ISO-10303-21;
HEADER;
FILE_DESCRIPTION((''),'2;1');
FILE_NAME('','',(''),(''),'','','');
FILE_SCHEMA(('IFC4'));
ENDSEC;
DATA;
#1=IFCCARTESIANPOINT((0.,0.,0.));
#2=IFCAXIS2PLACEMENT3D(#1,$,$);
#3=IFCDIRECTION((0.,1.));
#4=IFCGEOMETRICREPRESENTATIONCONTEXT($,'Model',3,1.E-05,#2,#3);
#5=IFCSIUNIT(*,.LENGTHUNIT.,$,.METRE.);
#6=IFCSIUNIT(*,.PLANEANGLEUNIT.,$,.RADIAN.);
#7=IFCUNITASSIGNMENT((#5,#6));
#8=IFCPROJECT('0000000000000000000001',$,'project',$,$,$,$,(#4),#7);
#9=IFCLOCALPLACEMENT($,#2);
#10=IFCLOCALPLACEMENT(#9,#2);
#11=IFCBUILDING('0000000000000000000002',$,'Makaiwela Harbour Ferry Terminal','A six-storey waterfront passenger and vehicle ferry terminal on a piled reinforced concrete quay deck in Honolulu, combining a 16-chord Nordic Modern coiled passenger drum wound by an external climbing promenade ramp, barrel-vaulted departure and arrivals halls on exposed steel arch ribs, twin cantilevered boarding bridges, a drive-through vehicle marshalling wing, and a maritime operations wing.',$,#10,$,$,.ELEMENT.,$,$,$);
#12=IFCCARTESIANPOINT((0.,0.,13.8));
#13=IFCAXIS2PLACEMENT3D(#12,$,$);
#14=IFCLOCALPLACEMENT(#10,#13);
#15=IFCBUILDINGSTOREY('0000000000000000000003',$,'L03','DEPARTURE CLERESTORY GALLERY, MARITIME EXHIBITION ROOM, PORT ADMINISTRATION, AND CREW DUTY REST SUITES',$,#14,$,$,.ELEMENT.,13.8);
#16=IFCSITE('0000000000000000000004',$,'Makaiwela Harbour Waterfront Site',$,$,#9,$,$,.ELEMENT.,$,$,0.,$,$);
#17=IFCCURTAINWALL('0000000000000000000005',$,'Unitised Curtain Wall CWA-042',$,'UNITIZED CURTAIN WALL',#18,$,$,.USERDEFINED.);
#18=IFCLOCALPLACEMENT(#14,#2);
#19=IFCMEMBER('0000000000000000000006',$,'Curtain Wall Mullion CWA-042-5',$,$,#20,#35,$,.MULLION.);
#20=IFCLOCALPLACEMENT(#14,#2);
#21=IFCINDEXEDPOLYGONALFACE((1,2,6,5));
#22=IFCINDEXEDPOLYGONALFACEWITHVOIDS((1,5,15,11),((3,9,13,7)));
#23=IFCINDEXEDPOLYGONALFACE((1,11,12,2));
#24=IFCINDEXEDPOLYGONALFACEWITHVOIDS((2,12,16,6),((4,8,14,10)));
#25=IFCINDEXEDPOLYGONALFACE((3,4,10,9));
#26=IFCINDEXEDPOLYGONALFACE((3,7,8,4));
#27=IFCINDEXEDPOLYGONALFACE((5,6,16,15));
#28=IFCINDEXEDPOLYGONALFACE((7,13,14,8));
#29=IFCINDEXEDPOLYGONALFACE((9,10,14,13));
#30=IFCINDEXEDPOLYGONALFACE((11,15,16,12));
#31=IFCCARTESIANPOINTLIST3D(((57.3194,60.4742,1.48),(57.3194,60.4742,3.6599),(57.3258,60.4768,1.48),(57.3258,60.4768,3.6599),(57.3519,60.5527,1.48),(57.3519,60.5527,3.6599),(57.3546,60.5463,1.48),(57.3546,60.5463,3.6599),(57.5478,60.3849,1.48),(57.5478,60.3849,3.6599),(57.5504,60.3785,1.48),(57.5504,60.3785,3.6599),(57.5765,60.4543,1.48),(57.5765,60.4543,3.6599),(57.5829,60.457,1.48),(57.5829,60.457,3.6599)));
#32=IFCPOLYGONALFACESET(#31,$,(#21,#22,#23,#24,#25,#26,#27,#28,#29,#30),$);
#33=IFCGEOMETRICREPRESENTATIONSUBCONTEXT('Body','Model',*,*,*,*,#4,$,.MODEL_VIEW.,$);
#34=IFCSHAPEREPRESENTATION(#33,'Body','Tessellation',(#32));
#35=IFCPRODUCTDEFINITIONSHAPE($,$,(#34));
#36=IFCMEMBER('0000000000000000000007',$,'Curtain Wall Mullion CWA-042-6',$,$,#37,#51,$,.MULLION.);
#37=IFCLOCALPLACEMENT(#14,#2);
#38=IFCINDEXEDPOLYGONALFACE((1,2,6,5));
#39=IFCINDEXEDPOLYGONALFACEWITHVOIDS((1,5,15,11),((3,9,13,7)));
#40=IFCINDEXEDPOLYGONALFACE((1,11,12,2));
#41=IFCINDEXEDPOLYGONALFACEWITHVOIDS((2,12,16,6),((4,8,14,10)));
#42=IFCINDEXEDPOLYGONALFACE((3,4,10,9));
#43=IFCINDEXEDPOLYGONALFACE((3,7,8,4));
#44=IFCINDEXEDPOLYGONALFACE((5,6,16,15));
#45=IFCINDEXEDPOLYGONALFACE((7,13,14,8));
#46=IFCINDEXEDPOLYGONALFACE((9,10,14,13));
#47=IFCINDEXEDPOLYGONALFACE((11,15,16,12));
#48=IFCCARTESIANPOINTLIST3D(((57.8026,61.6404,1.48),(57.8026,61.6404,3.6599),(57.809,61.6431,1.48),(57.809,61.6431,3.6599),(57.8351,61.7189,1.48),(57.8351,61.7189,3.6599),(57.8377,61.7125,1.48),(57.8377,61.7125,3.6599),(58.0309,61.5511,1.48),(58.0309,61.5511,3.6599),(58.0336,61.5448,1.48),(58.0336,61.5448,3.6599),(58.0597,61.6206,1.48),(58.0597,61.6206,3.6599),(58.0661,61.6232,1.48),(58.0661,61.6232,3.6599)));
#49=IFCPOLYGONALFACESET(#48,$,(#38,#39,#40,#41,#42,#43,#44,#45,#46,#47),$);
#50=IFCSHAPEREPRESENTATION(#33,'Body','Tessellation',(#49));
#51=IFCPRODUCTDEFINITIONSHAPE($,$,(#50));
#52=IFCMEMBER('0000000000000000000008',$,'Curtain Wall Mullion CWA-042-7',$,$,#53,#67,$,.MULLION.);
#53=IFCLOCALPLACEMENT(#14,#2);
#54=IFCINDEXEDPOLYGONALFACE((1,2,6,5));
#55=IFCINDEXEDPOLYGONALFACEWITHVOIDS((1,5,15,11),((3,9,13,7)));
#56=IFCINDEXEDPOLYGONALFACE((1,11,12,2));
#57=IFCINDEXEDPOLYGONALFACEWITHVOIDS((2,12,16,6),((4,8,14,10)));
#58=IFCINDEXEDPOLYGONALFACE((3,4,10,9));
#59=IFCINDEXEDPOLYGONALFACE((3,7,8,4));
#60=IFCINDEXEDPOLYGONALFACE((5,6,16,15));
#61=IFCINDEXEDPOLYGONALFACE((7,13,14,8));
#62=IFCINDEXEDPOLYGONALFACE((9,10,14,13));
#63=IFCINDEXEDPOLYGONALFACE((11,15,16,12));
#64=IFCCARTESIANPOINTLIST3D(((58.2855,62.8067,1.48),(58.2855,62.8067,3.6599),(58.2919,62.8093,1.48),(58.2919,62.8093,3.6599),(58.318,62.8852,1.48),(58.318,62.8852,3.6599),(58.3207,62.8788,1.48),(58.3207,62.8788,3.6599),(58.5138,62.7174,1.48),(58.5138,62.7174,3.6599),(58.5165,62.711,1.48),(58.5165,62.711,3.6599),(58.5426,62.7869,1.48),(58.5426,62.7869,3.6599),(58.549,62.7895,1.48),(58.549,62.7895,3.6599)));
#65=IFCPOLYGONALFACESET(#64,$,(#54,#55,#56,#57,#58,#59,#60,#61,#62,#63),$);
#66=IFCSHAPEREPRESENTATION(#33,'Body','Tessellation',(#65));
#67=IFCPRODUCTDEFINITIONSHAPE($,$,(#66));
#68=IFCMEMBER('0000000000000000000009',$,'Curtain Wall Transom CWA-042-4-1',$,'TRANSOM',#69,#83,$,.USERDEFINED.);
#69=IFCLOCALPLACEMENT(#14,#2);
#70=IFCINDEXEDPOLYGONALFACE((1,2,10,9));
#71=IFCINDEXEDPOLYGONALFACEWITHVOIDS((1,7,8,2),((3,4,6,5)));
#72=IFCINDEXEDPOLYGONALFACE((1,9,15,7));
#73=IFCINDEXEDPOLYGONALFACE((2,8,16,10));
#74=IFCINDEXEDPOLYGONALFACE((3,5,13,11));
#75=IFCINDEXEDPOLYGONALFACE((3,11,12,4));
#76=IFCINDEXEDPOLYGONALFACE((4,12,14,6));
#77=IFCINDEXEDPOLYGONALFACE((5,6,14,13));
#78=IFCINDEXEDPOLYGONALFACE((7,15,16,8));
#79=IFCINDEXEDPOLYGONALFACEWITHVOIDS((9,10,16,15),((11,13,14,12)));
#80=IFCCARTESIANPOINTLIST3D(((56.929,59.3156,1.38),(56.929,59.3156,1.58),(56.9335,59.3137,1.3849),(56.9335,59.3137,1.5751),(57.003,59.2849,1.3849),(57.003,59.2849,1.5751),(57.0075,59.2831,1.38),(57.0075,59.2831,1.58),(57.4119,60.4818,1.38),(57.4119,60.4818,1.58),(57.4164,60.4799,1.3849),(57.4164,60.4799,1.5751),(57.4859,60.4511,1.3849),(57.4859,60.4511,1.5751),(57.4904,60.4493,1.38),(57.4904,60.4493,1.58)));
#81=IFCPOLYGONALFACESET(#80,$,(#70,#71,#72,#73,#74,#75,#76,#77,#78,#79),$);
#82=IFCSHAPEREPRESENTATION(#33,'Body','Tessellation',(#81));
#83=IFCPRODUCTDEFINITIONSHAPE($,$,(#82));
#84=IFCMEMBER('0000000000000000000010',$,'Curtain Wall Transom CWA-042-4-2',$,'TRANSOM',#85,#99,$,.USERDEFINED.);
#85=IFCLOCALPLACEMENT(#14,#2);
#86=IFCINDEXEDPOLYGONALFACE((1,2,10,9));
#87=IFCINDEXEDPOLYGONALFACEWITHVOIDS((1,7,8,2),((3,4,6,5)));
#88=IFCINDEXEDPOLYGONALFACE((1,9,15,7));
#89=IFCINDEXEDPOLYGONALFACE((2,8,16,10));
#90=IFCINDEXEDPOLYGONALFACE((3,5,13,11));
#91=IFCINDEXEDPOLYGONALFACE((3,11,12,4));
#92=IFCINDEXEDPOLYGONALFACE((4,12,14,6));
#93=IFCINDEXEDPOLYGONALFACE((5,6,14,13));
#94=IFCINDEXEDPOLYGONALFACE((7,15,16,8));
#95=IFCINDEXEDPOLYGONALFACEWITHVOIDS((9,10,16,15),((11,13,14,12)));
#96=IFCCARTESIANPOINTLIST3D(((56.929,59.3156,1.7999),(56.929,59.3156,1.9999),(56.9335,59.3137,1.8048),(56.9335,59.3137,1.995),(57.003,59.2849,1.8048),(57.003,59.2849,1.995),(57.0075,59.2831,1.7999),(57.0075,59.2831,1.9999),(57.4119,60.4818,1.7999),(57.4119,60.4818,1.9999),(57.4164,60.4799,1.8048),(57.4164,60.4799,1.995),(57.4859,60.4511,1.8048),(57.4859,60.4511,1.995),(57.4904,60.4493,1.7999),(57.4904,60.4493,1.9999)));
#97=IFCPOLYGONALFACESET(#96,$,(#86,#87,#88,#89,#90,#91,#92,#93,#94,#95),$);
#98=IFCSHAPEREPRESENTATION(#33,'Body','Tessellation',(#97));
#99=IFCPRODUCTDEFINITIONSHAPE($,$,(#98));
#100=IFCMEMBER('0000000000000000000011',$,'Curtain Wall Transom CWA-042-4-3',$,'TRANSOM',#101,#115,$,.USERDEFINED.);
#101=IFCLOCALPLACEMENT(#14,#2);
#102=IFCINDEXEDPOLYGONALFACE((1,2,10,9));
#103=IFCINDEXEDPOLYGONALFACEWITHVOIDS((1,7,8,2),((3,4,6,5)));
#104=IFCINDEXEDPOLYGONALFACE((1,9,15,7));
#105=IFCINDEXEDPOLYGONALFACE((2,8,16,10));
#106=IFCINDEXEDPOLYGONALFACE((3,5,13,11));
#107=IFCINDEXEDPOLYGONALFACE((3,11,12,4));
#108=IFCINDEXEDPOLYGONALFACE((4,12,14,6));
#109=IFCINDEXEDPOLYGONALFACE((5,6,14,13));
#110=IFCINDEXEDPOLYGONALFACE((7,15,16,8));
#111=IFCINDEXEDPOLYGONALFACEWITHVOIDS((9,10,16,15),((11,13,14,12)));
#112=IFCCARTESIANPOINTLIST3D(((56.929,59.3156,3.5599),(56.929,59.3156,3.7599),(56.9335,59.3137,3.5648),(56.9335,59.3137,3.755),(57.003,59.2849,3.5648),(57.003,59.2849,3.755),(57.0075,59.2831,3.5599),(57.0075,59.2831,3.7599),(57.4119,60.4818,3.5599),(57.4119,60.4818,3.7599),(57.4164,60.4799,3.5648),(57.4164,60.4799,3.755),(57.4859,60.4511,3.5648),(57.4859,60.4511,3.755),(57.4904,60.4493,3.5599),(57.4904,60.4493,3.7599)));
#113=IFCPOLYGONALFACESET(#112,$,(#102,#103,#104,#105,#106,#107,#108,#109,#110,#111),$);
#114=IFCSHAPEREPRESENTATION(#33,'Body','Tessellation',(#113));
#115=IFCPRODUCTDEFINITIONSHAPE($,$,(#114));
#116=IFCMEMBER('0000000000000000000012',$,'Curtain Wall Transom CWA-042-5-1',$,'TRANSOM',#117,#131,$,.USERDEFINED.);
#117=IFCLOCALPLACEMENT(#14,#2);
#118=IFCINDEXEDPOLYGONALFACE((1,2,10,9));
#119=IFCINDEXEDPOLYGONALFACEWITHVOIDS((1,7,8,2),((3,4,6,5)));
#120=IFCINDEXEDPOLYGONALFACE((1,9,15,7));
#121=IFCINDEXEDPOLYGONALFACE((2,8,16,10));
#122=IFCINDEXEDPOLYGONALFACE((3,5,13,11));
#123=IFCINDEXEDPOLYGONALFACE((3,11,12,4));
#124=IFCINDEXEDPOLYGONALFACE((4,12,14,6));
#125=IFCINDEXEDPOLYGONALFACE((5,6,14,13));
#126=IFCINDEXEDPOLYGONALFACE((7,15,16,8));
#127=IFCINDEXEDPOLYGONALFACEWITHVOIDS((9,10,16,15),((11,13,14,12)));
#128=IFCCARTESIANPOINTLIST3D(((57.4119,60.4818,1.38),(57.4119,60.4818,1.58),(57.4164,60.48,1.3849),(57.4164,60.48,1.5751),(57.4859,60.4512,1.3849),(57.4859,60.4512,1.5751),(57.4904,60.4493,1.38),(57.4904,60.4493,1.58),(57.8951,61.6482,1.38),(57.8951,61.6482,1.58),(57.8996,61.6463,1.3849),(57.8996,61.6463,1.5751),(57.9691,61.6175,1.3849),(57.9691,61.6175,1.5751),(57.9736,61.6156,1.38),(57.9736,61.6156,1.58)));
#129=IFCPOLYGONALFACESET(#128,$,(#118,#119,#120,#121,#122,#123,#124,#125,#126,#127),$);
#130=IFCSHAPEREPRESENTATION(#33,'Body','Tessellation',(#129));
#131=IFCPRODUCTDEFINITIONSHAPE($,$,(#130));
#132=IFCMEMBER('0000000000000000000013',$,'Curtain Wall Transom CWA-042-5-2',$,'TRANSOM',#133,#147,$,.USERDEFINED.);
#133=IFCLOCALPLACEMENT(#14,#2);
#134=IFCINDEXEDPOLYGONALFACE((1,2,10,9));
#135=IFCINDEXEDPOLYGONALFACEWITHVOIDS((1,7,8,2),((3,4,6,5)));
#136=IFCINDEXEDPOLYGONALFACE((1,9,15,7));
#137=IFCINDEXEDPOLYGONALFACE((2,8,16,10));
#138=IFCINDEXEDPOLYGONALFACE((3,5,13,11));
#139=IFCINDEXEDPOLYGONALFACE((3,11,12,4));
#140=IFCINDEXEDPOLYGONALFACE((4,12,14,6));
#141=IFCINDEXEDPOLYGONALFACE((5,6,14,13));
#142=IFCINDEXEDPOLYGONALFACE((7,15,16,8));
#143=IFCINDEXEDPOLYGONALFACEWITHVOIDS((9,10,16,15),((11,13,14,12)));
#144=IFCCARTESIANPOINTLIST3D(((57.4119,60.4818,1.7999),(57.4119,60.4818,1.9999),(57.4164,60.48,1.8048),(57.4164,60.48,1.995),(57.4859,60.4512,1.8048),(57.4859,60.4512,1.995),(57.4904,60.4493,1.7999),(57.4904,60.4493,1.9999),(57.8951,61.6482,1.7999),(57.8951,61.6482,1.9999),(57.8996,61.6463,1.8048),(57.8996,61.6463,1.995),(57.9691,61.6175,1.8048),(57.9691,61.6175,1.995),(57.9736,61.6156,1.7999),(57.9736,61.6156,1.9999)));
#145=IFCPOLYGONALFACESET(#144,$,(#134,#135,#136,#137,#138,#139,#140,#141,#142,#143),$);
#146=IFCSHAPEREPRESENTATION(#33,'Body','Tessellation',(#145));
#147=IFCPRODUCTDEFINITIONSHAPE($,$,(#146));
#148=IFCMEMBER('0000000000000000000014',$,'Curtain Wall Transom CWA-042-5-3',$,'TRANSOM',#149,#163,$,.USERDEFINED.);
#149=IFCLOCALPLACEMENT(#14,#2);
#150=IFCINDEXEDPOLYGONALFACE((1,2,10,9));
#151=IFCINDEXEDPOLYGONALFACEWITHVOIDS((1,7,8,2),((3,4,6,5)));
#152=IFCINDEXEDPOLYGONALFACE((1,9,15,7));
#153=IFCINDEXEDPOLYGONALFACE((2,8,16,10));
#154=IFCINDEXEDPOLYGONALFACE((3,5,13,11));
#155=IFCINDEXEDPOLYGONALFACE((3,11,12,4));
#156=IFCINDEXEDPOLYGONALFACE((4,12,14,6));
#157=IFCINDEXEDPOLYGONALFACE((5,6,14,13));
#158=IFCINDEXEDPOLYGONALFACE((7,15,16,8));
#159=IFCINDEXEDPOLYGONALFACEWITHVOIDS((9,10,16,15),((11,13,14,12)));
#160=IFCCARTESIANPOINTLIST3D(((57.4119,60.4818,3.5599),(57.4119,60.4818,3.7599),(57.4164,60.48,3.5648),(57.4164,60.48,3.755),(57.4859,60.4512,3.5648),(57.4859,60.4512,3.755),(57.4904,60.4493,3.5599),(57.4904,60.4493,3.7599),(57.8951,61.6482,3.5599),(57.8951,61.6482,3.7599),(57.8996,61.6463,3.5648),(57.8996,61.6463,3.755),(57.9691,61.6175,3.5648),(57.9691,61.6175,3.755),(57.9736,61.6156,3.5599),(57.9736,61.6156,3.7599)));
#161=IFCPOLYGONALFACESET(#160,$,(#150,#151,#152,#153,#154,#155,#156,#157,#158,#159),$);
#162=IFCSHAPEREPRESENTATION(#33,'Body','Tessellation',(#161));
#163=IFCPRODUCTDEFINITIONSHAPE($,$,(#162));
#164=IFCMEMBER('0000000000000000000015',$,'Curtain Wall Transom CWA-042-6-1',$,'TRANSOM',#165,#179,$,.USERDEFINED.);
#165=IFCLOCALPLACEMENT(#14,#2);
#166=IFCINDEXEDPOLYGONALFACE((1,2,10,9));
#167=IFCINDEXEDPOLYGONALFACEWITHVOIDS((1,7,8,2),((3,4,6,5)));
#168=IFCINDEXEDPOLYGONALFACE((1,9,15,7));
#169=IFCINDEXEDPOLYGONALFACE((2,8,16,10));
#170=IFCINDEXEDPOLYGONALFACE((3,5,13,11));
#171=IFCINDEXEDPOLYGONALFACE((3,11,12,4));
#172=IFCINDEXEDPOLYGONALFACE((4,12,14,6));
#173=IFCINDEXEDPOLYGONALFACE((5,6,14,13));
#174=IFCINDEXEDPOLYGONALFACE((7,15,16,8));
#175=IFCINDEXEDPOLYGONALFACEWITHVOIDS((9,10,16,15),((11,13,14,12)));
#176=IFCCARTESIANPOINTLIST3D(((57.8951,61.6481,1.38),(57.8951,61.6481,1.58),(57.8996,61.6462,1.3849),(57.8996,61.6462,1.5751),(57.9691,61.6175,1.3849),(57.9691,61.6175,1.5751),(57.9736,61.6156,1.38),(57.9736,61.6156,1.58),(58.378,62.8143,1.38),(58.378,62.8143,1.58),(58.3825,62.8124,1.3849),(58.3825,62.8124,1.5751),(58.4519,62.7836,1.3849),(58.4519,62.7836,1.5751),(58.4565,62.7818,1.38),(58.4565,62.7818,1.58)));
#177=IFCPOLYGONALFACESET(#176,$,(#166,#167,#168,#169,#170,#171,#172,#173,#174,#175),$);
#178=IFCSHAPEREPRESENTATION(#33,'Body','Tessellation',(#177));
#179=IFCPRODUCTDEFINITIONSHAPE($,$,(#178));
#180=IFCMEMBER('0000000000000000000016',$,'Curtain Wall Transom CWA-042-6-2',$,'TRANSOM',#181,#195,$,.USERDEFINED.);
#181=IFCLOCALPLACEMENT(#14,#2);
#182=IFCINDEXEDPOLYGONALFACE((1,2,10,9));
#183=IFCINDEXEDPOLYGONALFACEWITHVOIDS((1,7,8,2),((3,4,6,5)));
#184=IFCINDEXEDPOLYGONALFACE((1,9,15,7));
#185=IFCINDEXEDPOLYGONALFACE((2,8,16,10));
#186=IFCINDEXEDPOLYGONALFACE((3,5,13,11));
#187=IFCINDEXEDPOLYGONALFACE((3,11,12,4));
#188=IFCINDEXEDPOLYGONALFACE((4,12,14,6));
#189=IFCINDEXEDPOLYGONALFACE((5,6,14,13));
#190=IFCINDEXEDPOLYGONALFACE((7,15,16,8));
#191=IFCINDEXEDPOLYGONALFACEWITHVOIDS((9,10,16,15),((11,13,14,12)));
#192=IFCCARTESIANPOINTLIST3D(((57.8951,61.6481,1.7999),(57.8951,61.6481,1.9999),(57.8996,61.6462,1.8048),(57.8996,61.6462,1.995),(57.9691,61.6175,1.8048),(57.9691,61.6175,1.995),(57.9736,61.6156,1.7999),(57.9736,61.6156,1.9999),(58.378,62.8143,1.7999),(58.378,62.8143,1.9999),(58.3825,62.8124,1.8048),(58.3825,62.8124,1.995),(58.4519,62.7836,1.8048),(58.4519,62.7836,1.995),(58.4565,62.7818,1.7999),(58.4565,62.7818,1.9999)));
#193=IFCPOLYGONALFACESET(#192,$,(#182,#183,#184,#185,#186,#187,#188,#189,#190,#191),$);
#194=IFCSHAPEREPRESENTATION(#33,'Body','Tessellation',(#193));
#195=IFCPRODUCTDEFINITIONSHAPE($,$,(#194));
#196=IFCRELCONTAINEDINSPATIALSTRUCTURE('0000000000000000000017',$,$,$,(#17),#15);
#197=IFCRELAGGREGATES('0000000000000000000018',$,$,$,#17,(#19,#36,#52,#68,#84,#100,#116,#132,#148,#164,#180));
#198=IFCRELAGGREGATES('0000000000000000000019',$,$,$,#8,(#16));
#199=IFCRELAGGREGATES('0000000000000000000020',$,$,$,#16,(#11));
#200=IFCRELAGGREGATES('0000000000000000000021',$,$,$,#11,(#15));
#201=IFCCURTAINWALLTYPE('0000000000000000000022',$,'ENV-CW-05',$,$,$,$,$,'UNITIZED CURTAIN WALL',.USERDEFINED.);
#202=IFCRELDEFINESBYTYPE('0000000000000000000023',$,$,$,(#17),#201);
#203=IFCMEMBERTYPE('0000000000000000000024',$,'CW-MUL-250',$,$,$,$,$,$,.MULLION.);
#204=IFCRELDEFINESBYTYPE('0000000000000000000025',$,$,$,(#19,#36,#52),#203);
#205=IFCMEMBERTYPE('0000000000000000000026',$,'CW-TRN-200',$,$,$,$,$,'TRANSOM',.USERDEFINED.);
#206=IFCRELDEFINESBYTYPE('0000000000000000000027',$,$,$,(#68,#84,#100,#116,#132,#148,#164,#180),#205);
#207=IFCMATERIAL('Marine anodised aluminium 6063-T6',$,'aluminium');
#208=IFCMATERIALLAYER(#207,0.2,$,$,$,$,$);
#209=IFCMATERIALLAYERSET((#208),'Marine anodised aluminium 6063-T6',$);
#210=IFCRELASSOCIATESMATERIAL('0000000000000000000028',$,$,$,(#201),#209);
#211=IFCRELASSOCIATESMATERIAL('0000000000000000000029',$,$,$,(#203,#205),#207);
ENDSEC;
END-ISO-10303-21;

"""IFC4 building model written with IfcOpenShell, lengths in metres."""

from ifc_helpers import new_model, si_unit, direction, frame, origin, origin_2d, place, context, subcontext, project, spatial, hollow_rectangle, extrude, material, layer, layer_set, material_profile, profile_set, type_object, element, aggregate, save


model = new_model("IFC4")

# Units and contexts
model_context = context("Model", 3, precision=1e-05, world=origin(), true_north=direction((0.0, 1.0)))
body_context = subcontext(model_context, "Body", "Model", "MODEL_VIEW")
ifc_project = project(units=[si_unit("LENGTHUNIT", "METRE"), si_unit("PLANEANGLEUNIT", "RADIAN")], contexts=[model_context])

# Site, building, storey
site_placement = place(None, origin())
site = spatial("IfcSite", under=ifc_project, at=site_placement, Name="Makaiwela Harbour Waterfront Site", CompositionType="ELEMENT", RefElevation=0.0)
building_placement = place(site_placement, origin())
building = spatial("IfcBuilding", under=site, at=building_placement, Name="Makaiwela Harbour Ferry Terminal", Description="A six-storey waterfront passenger and vehicle ferry terminal on a piled reinforced concrete quay deck in Honolulu, combining a 16-chord Nordic Modern coiled passenger drum wound by an external climbing promenade ramp, barrel-vaulted departure and arrivals halls on exposed steel arch ribs, twin cantilevered boarding bridges, a drive-through vehicle marshalling wing, and a maritime operations wing.", CompositionType="ELEMENT")
storey_placement = place(building_placement, frame((0.0, 0.0, 13.8)))
storey = spatial("IfcBuildingStorey", under=building, at=storey_placement, Name="L03", Description="DEPARTURE CLERESTORY GALLERY, MARITIME EXHIBITION ROOM, PORT ADMINISTRATION, AND CREW DUTY REST SUITES", CompositionType="ELEMENT", Elevation=13.8)

# Curtain wall, members
ifc_material_1 = material(Name="Marine anodised aluminium 6063-T6", Category="aluminium")
ifc_layer_1 = layer(ifc_material_1, 0.2)
ifc_layer_set_1 = layer_set([ifc_layer_1], Name="Marine anodised aluminium 6063-T6")
curtain_wall_type = type_object("IfcCurtainWallType", Name="ENV-CW-05", ElementType="UNITIZED CURTAIN WALL", PredefinedType="USERDEFINED", material=ifc_layer_set_1)
curtain_wall_placement = place(storey_placement, origin())
curtain_wall = element("IfcCurtainWall", 1, at=curtain_wall_placement, inside=storey, type_object=curtain_wall_type, Name="Unitised Curtain Wall CWA-042", ObjectType="UNITIZED CURTAIN WALL", PredefinedType="USERDEFINED")
ifc_material_profile_1 = material_profile(ifc_material_1, hollow_rectangle(XDim=0.085, YDim=0.25, WallThickness=0.0049, at=origin_2d()), Name="CWM-250X85")
ifc_profile_set_1 = profile_set([ifc_material_profile_1], Name="Marine anodised aluminium 6063-T6")
member_type_1 = type_object("IfcMemberType", Name="CW-MUL-250", PredefinedType="MULLION", material=ifc_profile_set_1)
member_1_placement = place(storey_placement, frame((57.4512, 60.4656, 1.48), z_axis=(0.0, 0.0, 1.0), x_axis=(0.382683, 0.92388, 0.0)))
member_1 = element("IfcMember", 2, at=member_1_placement, type_object=member_type_1, Name="Curtain Wall Mullion CWA-042-5", PredefinedType="MULLION", context=body_context, shape_type="SweptSolid", body=[
    extrude(hollow_rectangle(XDim=0.085, YDim=0.25, WallThickness=0.0049, at=origin_2d()), origin(), (0.0, 0.0, 1.0), 2.1799),
])
member_2_placement = place(storey_placement, frame((57.9343, 61.6318, 1.48), z_axis=(0.0, 0.0, 1.0), x_axis=(0.382683, 0.92388, 0.0)))
member_2 = element("IfcMember", 3, at=member_2_placement, type_object=member_type_1, Name="Curtain Wall Mullion CWA-042-6", PredefinedType="MULLION", context=body_context, shape_type="SweptSolid", body=[
    extrude(hollow_rectangle(XDim=0.085, YDim=0.25, WallThickness=0.0049, at=origin_2d()), origin(), (0.0, 0.0, 1.0), 2.1799),
])
member_3_placement = place(storey_placement, frame((58.4172, 62.7981, 1.48), z_axis=(0.0, 0.0, 1.0), x_axis=(0.382683, 0.92388, 0.0)))
member_3 = element("IfcMember", 4, at=member_3_placement, type_object=member_type_1, Name="Curtain Wall Mullion CWA-042-7", PredefinedType="MULLION", context=body_context, shape_type="SweptSolid", body=[
    extrude(hollow_rectangle(XDim=0.085, YDim=0.25, WallThickness=0.0049, at=origin_2d()), origin(), (0.0, 0.0, 1.0), 2.1799),
])
ifc_material_profile_2 = material_profile(ifc_material_1, hollow_rectangle(XDim=0.085, YDim=0.2, WallThickness=0.0049, at=origin_2d()), Name="CWT-200X85")
ifc_profile_set_2 = profile_set([ifc_material_profile_2], Name="Marine anodised aluminium 6063-T6")
member_type_2 = type_object("IfcMemberType", Name="CW-TRN-200", ElementType="TRANSOM", PredefinedType="USERDEFINED", material=ifc_profile_set_2)
member_4_placement = place(storey_placement, frame((56.9683, 59.2993, 1.48), z_axis=(0.382568, 0.923927, 0.0), x_axis=(-0.923927, 0.382568, 0.0)))
member_4 = element("IfcMember", 5, at=member_4_placement, type_object=member_type_2, Name="Curtain Wall Transom CWA-042-4-1", ObjectType="TRANSOM", PredefinedType="USERDEFINED", context=body_context, shape_type="SweptSolid", body=[
    extrude(hollow_rectangle(XDim=0.085, YDim=0.2, WallThickness=0.0049, at=origin_2d()), origin(), (0.0, 0.0, 1.0), 1.2622),
])
member_5_placement = place(storey_placement, frame((56.9683, 59.2993, 1.8999), z_axis=(0.382568, 0.923927, 0.0), x_axis=(-0.923927, 0.382568, 0.0)))
member_5 = element("IfcMember", 6, at=member_5_placement, type_object=member_type_2, Name="Curtain Wall Transom CWA-042-4-2", ObjectType="TRANSOM", PredefinedType="USERDEFINED", context=body_context, shape_type="SweptSolid", body=[
    extrude(hollow_rectangle(XDim=0.085, YDim=0.2, WallThickness=0.0049, at=origin_2d()), origin(), (0.0, 0.0, 1.0), 1.2622),
])
member_6_placement = place(storey_placement, frame((56.9683, 59.2993, 3.6599), z_axis=(0.382568, 0.923927, 0.0), x_axis=(-0.923927, 0.382568, 0.0)))
member_6 = element("IfcMember", 7, at=member_6_placement, type_object=member_type_2, Name="Curtain Wall Transom CWA-042-4-3", ObjectType="TRANSOM", PredefinedType="USERDEFINED", context=body_context, shape_type="SweptSolid", body=[
    extrude(hollow_rectangle(XDim=0.085, YDim=0.2, WallThickness=0.0049, at=origin_2d()), origin(), (0.0, 0.0, 1.0), 1.2622),
])
member_7_placement = place(storey_placement, frame((57.4512, 60.4656, 1.48), z_axis=(0.382733, 0.923859, 0.0), x_axis=(-0.923859, 0.382733, 0.0)))
member_7 = element("IfcMember", 8, at=member_7_placement, type_object=member_type_2, Name="Curtain Wall Transom CWA-042-5-1", ObjectType="TRANSOM", PredefinedType="USERDEFINED", context=body_context, shape_type="SweptSolid", body=[
    extrude(hollow_rectangle(XDim=0.085, YDim=0.2, WallThickness=0.0049, at=origin_2d()), origin(), (0.0, 0.0, 1.0), 1.2625),
])
member_8_placement = place(storey_placement, frame((57.4512, 60.4656, 1.8999), z_axis=(0.382733, 0.923859, 0.0), x_axis=(-0.923859, 0.382733, 0.0)))
member_8 = element("IfcMember", 9, at=member_8_placement, type_object=member_type_2, Name="Curtain Wall Transom CWA-042-5-2", ObjectType="TRANSOM", PredefinedType="USERDEFINED", context=body_context, shape_type="SweptSolid", body=[
    extrude(hollow_rectangle(XDim=0.085, YDim=0.2, WallThickness=0.0049, at=origin_2d()), origin(), (0.0, 0.0, 1.0), 1.2625),
])
member_9_placement = place(storey_placement, frame((57.4512, 60.4656, 3.6599), z_axis=(0.382733, 0.923859, 0.0), x_axis=(-0.923859, 0.382733, 0.0)))
member_9 = element("IfcMember", 10, at=member_9_placement, type_object=member_type_2, Name="Curtain Wall Transom CWA-042-5-3", ObjectType="TRANSOM", PredefinedType="USERDEFINED", context=body_context, shape_type="SweptSolid", body=[
    extrude(hollow_rectangle(XDim=0.085, YDim=0.2, WallThickness=0.0049, at=origin_2d()), origin(), (0.0, 0.0, 1.0), 1.2625),
])
member_10_placement = place(storey_placement, frame((57.9343, 61.6318, 1.48), z_axis=(0.382568, 0.923927, 0.0), x_axis=(-0.923927, 0.382568, 0.0)))
member_10 = element("IfcMember", 11, at=member_10_placement, type_object=member_type_2, Name="Curtain Wall Transom CWA-042-6-1", ObjectType="TRANSOM", PredefinedType="USERDEFINED", context=body_context, shape_type="SweptSolid", body=[
    extrude(hollow_rectangle(XDim=0.085, YDim=0.2, WallThickness=0.0049, at=origin_2d()), origin(), (0.0, 0.0, 1.0), 1.2622),
])
member_11_placement = place(storey_placement, frame((57.9343, 61.6318, 1.8999), z_axis=(0.382568, 0.923927, 0.0), x_axis=(-0.923927, 0.382568, 0.0)))
member_11 = element("IfcMember", 12, at=member_11_placement, type_object=member_type_2, Name="Curtain Wall Transom CWA-042-6-2", ObjectType="TRANSOM", PredefinedType="USERDEFINED", context=body_context, shape_type="SweptSolid", body=[
    extrude(hollow_rectangle(XDim=0.085, YDim=0.2, WallThickness=0.0049, at=origin_2d()), origin(), (0.0, 0.0, 1.0), 1.2622),
])

aggregate(curtain_wall, [member_1, member_2, member_3, member_4, member_5, member_6, member_7, member_8, member_9, member_10, member_11])

save(model, "model.ifc")
